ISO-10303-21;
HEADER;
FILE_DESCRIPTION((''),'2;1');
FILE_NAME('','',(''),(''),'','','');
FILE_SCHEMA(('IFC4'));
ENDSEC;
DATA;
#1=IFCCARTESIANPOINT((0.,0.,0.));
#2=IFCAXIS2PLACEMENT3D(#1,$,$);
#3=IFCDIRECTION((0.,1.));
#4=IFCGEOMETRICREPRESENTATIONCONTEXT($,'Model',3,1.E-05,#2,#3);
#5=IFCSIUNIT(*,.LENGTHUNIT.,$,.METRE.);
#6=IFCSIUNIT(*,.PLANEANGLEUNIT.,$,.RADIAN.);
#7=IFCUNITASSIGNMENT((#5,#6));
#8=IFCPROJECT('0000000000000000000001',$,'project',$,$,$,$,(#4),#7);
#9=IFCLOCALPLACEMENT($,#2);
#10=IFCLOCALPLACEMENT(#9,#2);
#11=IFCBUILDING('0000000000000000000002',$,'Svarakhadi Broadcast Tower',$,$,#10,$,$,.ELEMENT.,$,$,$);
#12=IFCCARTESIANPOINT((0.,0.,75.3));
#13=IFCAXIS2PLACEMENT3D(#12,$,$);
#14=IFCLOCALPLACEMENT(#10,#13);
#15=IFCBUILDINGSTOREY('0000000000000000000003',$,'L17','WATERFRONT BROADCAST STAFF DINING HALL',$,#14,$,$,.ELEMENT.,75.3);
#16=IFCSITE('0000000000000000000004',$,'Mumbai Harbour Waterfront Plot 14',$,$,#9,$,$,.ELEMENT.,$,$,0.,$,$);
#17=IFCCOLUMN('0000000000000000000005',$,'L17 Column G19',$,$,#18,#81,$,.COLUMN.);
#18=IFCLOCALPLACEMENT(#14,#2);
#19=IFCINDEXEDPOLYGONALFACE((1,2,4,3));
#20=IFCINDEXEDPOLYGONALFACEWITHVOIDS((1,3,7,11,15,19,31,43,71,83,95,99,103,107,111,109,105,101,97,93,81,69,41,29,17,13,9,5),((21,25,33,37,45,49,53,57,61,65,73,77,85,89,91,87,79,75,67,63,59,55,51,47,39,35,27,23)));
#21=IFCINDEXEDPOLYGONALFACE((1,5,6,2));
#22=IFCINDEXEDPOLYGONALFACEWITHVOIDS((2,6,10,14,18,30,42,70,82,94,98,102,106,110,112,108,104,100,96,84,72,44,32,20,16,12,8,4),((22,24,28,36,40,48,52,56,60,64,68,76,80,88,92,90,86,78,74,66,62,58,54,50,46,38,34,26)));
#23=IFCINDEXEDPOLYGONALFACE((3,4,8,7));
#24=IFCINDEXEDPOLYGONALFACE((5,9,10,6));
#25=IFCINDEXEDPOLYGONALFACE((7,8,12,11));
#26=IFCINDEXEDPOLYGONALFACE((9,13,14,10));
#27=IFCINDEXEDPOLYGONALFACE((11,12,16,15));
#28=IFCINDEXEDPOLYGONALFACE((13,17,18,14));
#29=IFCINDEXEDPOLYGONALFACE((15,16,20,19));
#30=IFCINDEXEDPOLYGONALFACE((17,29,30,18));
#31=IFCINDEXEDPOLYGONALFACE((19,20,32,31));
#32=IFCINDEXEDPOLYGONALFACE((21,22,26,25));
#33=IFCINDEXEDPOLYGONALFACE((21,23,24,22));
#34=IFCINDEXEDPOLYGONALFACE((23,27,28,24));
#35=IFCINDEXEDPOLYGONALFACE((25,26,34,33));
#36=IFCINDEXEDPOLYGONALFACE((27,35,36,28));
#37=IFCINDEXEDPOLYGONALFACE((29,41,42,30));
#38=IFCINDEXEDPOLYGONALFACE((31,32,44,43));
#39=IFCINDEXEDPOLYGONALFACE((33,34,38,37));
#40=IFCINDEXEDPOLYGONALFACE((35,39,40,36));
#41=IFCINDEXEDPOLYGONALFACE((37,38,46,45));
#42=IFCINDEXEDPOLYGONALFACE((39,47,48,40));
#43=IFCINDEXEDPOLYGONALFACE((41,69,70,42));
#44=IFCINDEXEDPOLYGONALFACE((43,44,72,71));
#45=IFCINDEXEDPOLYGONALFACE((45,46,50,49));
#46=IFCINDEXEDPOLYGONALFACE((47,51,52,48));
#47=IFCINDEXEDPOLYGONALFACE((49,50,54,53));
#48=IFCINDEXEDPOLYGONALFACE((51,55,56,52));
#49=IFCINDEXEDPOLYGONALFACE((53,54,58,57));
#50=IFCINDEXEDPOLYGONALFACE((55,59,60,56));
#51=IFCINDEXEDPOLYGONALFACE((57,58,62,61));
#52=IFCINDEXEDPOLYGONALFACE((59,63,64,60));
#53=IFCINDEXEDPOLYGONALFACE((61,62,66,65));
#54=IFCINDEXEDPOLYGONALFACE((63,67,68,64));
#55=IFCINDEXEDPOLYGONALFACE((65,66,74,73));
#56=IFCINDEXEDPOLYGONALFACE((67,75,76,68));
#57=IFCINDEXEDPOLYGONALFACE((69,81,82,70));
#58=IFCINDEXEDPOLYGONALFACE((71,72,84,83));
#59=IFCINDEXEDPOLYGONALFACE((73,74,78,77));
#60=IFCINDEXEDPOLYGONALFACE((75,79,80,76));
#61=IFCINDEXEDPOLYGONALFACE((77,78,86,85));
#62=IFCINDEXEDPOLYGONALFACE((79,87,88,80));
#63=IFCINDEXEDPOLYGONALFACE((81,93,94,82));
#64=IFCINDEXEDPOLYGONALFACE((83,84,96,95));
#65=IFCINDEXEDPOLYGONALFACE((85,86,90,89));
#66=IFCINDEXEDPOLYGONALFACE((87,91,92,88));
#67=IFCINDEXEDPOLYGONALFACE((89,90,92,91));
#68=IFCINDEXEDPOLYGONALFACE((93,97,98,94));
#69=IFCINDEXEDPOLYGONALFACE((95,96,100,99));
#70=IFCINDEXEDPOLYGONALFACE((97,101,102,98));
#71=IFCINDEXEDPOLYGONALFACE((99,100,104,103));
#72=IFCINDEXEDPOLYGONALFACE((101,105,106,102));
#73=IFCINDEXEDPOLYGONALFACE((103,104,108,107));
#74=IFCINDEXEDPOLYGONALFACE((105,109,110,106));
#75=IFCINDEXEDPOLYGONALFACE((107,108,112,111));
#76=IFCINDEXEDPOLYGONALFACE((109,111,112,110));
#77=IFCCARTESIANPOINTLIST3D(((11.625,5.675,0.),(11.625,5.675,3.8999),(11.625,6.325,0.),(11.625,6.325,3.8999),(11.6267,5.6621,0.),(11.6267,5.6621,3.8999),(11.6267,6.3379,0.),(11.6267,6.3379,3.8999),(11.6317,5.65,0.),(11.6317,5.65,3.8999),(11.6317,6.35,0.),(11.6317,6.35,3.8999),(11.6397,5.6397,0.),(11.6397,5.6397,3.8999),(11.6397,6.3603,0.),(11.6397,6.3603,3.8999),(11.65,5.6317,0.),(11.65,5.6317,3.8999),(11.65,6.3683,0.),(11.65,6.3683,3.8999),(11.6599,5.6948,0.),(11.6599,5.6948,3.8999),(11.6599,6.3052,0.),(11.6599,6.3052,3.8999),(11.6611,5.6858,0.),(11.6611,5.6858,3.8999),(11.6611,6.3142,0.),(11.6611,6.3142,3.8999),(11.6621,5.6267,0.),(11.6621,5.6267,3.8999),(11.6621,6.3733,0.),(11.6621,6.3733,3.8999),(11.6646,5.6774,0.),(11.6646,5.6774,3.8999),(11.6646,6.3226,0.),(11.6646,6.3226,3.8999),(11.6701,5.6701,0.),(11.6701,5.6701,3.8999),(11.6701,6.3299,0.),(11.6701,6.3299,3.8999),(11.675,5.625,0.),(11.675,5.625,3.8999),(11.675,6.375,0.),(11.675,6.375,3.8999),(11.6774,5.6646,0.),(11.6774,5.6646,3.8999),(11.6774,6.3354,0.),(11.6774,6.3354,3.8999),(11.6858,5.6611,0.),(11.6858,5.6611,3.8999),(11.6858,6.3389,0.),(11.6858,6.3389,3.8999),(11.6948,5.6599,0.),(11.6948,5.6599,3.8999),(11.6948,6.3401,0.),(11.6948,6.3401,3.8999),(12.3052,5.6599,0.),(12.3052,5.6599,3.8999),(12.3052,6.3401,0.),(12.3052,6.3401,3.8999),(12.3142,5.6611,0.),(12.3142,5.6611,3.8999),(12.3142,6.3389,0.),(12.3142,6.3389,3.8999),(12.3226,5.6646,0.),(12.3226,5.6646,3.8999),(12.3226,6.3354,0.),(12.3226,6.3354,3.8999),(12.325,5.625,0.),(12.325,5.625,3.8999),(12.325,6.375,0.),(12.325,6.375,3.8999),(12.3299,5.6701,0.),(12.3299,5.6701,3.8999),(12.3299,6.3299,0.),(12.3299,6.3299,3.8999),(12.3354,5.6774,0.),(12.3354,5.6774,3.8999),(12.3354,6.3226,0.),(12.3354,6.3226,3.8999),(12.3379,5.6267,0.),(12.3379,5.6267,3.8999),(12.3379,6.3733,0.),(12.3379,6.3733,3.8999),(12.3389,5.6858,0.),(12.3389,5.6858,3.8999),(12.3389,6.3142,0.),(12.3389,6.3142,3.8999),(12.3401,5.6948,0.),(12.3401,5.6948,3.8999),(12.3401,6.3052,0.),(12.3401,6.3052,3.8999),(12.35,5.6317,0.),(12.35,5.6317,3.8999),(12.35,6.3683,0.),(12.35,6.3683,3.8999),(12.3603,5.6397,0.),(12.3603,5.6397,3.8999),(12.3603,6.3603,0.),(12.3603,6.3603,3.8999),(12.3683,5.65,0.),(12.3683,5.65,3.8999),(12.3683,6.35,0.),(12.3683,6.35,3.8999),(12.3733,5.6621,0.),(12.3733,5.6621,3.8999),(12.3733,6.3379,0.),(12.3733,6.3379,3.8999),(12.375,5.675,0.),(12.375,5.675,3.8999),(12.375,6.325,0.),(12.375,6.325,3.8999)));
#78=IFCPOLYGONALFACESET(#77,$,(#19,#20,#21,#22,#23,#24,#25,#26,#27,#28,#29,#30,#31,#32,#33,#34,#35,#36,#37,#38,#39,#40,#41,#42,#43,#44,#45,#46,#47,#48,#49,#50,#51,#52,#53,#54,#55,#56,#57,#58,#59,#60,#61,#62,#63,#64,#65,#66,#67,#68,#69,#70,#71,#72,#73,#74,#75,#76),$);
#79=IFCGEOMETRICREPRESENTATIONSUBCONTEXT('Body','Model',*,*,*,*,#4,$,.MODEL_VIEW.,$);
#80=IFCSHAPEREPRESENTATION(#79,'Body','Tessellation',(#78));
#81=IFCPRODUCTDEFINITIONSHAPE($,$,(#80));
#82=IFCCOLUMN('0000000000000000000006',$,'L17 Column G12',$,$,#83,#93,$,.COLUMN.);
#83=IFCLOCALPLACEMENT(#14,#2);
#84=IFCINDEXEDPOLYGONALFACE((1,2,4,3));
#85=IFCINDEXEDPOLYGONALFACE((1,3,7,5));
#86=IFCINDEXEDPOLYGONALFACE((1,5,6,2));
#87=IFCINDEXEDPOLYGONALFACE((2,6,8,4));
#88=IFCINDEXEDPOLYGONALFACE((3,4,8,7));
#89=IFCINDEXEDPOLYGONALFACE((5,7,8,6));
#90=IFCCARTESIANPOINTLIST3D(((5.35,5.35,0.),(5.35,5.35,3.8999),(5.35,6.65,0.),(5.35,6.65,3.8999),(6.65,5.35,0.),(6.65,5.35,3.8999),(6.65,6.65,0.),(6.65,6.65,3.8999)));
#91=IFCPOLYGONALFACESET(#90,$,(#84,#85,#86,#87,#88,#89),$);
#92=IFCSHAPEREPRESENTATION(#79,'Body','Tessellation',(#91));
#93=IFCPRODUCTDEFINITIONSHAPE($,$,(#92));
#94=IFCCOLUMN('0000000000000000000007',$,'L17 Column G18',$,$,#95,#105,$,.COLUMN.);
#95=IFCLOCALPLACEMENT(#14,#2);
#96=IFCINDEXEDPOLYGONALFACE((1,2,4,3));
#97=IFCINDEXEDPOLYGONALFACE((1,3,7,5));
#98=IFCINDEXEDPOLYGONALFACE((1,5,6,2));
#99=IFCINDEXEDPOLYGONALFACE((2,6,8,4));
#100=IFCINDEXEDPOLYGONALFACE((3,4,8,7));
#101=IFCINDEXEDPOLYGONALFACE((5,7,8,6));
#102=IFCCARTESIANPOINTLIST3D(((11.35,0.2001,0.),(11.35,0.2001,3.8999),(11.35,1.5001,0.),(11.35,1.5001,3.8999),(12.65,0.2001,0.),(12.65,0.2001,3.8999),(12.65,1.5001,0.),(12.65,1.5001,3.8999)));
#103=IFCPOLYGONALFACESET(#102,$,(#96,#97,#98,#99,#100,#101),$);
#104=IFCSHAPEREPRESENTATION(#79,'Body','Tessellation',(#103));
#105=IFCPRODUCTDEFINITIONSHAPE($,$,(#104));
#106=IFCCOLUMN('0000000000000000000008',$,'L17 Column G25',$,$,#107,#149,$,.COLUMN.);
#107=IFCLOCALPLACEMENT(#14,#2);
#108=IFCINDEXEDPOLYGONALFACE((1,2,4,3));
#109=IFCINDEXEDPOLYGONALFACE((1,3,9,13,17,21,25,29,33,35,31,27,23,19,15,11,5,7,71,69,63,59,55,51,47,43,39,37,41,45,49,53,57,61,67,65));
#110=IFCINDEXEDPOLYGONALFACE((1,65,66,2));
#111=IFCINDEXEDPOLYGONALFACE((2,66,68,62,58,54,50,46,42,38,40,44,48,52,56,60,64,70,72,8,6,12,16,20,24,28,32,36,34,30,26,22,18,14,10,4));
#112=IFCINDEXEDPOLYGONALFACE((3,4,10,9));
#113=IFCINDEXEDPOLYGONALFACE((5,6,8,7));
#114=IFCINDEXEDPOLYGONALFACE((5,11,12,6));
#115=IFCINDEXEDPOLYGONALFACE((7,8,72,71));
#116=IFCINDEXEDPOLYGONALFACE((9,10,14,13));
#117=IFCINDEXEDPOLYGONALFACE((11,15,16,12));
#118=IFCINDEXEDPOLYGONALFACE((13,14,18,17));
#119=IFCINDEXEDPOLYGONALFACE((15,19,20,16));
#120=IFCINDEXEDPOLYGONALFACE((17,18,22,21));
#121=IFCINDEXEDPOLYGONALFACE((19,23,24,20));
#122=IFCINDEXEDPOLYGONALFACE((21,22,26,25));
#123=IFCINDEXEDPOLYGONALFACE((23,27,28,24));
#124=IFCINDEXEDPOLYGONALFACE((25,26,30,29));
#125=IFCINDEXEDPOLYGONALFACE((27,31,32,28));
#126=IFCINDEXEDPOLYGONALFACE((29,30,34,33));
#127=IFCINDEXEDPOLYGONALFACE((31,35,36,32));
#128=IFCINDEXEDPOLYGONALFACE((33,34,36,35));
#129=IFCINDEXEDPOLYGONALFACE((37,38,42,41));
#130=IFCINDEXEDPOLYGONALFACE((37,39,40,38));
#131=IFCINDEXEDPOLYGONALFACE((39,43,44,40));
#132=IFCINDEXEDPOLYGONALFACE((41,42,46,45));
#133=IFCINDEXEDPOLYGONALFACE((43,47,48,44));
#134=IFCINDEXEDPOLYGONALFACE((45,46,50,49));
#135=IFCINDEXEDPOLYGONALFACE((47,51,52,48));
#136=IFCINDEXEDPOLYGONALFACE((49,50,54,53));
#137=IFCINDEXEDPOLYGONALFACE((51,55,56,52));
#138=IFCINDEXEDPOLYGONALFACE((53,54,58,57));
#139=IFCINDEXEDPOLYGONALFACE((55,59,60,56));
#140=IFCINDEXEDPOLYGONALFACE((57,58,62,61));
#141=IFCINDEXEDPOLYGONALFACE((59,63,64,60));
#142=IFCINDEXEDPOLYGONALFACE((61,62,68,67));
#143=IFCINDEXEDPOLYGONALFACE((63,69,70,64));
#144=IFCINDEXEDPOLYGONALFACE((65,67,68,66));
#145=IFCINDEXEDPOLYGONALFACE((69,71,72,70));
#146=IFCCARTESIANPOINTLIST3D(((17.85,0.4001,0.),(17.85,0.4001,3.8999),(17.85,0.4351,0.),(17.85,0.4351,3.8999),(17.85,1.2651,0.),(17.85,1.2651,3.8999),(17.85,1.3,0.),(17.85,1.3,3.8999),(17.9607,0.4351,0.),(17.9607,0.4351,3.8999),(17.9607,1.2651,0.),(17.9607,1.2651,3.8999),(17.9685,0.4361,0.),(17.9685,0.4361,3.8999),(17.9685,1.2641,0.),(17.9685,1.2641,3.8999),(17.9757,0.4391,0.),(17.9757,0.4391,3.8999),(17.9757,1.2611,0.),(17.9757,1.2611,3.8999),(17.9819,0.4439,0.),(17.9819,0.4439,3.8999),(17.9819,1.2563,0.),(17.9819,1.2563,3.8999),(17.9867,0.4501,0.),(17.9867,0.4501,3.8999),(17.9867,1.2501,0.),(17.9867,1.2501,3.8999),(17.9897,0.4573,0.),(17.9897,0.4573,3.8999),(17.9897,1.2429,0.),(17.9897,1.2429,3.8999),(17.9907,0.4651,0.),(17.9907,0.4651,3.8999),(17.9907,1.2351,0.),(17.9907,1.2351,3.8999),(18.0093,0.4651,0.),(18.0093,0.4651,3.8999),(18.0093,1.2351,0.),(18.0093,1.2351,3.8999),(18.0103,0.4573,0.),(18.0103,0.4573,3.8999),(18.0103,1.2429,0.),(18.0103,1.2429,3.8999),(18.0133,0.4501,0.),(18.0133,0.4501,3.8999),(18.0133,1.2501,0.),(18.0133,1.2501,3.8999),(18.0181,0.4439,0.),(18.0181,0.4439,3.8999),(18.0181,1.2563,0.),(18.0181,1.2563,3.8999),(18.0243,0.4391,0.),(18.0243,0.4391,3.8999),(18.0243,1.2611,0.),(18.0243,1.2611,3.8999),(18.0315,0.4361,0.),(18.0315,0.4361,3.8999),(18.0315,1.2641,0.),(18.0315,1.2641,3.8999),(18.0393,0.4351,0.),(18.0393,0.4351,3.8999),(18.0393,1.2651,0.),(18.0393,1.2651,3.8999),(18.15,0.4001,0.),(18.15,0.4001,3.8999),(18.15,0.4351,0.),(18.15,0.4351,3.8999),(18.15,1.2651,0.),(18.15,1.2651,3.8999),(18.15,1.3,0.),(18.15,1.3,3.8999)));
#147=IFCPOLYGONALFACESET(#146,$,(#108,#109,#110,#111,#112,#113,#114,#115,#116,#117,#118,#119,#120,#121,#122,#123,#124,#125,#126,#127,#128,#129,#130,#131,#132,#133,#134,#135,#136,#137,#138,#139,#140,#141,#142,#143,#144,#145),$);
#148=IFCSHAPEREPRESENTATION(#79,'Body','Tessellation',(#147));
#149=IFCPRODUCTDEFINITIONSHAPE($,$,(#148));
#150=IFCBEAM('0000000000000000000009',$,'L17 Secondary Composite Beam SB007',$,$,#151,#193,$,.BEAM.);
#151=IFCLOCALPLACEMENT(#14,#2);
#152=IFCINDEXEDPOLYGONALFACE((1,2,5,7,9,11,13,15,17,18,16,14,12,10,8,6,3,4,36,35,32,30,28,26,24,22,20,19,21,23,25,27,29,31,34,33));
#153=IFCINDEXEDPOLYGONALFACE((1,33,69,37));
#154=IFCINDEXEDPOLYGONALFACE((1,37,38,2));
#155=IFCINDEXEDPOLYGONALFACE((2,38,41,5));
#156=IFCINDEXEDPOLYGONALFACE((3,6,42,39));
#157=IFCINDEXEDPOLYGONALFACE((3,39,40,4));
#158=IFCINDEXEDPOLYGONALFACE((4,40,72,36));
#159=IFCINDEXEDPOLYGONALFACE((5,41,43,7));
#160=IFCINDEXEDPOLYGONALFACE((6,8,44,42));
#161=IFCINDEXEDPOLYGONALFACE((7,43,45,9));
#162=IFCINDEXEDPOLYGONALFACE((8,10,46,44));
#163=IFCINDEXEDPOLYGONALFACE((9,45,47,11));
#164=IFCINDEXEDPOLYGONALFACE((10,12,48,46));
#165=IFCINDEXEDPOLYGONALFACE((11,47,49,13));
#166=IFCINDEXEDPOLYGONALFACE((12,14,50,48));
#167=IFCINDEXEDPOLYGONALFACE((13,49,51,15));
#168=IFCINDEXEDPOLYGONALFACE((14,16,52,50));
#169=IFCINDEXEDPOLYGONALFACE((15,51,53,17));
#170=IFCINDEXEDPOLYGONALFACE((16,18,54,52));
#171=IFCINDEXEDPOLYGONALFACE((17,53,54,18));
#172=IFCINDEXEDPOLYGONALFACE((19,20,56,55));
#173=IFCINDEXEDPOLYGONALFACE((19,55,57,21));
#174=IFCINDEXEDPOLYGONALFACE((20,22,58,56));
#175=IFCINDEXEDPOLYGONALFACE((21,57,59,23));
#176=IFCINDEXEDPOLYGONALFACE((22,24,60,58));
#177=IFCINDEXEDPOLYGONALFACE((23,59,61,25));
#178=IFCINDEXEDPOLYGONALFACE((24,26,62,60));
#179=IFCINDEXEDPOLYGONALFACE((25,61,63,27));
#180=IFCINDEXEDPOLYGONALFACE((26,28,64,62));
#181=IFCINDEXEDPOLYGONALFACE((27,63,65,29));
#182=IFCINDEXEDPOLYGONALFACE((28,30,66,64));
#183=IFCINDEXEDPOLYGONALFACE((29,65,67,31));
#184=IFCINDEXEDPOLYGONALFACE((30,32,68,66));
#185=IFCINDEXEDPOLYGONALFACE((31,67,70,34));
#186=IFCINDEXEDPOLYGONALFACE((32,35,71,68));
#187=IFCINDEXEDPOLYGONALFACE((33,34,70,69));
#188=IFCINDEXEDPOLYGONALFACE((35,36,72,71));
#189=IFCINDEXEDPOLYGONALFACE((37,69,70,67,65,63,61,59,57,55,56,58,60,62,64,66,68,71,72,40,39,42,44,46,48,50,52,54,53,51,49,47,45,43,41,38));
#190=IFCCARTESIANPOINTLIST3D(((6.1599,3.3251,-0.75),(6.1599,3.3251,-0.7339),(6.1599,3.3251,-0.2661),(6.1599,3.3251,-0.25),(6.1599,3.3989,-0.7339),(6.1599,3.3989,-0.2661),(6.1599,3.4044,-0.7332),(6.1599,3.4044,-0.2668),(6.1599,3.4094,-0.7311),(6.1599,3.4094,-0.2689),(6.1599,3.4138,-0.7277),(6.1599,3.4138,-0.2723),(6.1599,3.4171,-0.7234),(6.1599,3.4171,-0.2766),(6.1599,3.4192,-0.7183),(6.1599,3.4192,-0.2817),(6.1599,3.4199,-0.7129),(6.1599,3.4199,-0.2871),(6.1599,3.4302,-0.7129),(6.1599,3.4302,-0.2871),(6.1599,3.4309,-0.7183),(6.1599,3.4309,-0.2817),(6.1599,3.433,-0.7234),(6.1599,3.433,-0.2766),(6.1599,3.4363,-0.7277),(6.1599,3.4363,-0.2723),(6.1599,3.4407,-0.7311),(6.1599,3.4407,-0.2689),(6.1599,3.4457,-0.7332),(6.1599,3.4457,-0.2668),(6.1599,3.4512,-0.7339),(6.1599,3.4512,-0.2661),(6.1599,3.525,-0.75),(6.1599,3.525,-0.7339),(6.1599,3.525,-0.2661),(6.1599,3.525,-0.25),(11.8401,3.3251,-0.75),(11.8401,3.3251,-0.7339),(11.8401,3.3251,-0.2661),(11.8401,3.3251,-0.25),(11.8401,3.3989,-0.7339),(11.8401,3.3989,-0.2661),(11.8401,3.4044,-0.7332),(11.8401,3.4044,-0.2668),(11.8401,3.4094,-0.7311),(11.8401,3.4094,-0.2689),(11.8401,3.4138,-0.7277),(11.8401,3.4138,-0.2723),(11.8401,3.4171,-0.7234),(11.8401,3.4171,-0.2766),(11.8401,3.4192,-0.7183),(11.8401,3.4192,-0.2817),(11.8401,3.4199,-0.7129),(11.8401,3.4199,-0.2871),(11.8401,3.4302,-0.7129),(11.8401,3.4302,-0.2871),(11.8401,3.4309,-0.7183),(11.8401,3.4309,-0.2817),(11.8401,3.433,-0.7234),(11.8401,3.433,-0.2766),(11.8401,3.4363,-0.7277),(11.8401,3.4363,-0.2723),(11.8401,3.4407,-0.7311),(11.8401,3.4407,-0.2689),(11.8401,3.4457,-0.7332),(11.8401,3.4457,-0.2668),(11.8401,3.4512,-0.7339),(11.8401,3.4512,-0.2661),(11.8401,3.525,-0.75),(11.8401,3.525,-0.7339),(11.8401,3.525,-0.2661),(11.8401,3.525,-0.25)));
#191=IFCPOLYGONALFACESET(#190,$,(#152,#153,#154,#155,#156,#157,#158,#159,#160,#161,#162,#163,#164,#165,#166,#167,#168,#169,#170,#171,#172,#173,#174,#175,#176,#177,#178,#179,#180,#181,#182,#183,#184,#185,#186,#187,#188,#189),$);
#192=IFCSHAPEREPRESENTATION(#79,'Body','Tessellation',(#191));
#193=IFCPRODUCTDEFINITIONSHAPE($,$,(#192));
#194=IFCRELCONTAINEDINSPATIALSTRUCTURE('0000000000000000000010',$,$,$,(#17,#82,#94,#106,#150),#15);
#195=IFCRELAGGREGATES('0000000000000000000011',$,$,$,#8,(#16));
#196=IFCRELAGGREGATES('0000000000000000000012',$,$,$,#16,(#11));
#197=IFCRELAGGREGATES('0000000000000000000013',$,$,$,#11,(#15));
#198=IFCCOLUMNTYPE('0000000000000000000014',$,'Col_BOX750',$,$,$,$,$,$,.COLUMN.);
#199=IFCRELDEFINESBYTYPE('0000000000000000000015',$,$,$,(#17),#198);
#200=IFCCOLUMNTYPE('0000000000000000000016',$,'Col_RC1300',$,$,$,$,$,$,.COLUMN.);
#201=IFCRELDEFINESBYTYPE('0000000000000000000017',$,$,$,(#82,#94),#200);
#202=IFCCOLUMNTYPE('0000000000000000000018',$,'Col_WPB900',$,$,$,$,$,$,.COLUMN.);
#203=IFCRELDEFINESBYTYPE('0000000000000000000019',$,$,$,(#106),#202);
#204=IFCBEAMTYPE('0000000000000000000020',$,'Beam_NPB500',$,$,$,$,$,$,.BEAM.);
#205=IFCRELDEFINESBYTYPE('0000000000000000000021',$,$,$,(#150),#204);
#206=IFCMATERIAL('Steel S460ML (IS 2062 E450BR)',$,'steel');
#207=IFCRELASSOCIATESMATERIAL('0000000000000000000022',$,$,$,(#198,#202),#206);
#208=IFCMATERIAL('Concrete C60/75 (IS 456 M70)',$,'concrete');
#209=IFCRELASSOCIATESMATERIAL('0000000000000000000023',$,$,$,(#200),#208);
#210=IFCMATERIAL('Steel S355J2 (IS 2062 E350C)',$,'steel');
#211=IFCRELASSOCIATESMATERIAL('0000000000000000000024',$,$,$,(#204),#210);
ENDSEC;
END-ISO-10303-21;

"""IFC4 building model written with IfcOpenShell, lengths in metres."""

from ifc_helpers import new_model, si_unit, direction, frame, origin, origin_2d, place, context, subcontext, project, spatial, rectangle, hollow_rectangle, i_section, extrude, material, material_profile, profile_set, type_object, element, save


model = new_model("IFC4")

# Units and contexts
model_context = context("Model", 3, precision=1e-05, world=origin(), true_north=direction((0.0, 1.0)))
body_context = subcontext(model_context, "Body", "Model", "MODEL_VIEW")
ifc_project = project(units=[si_unit("LENGTHUNIT", "METRE"), si_unit("PLANEANGLEUNIT", "RADIAN")], contexts=[model_context])

# Site, building, storey
site_placement = place(None, origin())
site = spatial("IfcSite", under=ifc_project, at=site_placement, Name="Mumbai Harbour Waterfront Plot 14", CompositionType="ELEMENT", RefElevation=0.0)
building_placement = place(site_placement, origin())
building = spatial("IfcBuilding", under=site, at=building_placement, Name="Svarakhadi Broadcast Tower", CompositionType="ELEMENT")
storey_placement = place(building_placement, frame((0.0, 0.0, 75.3)))
storey = spatial("IfcBuildingStorey", under=building, at=storey_placement, Name="L17", Description="WATERFRONT BROADCAST STAFF DINING HALL", CompositionType="ELEMENT", Elevation=75.3)

# Columns
ifc_material_1 = material(Name="Steel S460ML (IS 2062 E450BR)", Category="steel")
ifc_material_profile_1 = material_profile(ifc_material_1, hollow_rectangle(XDim=0.75, YDim=0.75, WallThickness=0.0349, InnerFilletRadius=0.0349, OuterFilletRadius=0.05, at=origin_2d()), Name="BOX 750x750x35")
ifc_profile_set_1 = profile_set([ifc_material_profile_1], Name="Steel S460ML (IS 2062 E450BR)")
column_type_1 = type_object("IfcColumnType", Name="Col_BOX750", PredefinedType="COLUMN", material=ifc_profile_set_1)
column_1_placement = place(storey_placement, frame((12.0, 6.0, 0.0), z_axis=(0.0, 0.0, 1.0), x_axis=(1.0, 0.0, 0.0)))
element("IfcColumn", 1, at=column_1_placement, inside=storey, type_object=column_type_1, Name="L17 Column G19", PredefinedType="COLUMN", context=body_context, shape_type="SweptSolid", body=[
    extrude(hollow_rectangle(XDim=0.75, YDim=0.75, WallThickness=0.0349, InnerFilletRadius=0.0349, OuterFilletRadius=0.05, at=origin_2d()), origin(), (0.0, 0.0, 1.0), 3.8999),
])
ifc_material_2 = material(Name="Concrete C60/75 (IS 456 M70)", Category="concrete")
ifc_material_profile_2 = material_profile(ifc_material_2, rectangle(XDim=1.3, YDim=1.3, at=origin_2d()), Name="RC 1300x1300")
ifc_profile_set_2 = profile_set([ifc_material_profile_2], Name="Concrete C60/75 (IS 456 M70)")
column_type_2 = type_object("IfcColumnType", Name="Col_RC1300", PredefinedType="COLUMN", material=ifc_profile_set_2)
for number, where, z_axis, x_axis, name in (
    (2, (6.0, 6.0, 0.0), (0.0, 0.0, 1.0), (1.0, 0.0, 0.0), "L17 Column G12"),
    (3, (12.0, 0.8501, 0.0), (0.0, 0.0, 1.0), (1.0, 0.0, 0.0), "L17 Column G18"),
):
    element("IfcColumn", number, at=place(storey_placement, frame(where, z_axis=z_axis, x_axis=x_axis)), inside=storey, type_object=column_type_2, Name=name, PredefinedType="COLUMN", context=body_context, shape_type="SweptSolid", body=[
        extrude(rectangle(XDim=1.3, YDim=1.3, at=origin_2d()), origin(), (0.0, 0.0, 1.0), 3.8999),
    ])
ifc_material_profile_3 = material_profile(ifc_material_1, i_section(OverallWidth=0.3, OverallDepth=0.8999, WebThickness=0.0186, FlangeThickness=0.0349, FilletRadius=0.03, at=origin_2d()), Name="WPB 900x300x291")
ifc_profile_set_3 = profile_set([ifc_material_profile_3], Name="Steel S460ML (IS 2062 E450BR)")
column_type_3 = type_object("IfcColumnType", Name="Col_WPB900", PredefinedType="COLUMN", material=ifc_profile_set_3)
column_2_placement = place(storey_placement, frame((18.0, 0.8501, 0.0), z_axis=(0.0, 0.0, 1.0), x_axis=(1.0, 0.0, 0.0)))
element("IfcColumn", 4, at=column_2_placement, inside=storey, type_object=column_type_3, Name="L17 Column G25", PredefinedType="COLUMN", context=body_context, shape_type="SweptSolid", body=[
    extrude(i_section(OverallWidth=0.3, OverallDepth=0.8999, WebThickness=0.0186, FlangeThickness=0.0349, FilletRadius=0.03, at=origin_2d()), origin(), (0.0, 0.0, 1.0), 3.8999),
])

# Beam
ifc_material_3 = material(Name="Steel S355J2 (IS 2062 E350C)", Category="steel")
ifc_material_profile_4 = material_profile(ifc_material_3, i_section(OverallWidth=0.2, OverallDepth=0.5, WebThickness=0.0103, FlangeThickness=0.0161, FilletRadius=0.021, at=origin_2d()), Name="NPB 500x200x91")
ifc_profile_set_4 = profile_set([ifc_material_profile_4], Name="Steel S355J2 (IS 2062 E350C)")
beam_type_1 = type_object("IfcBeamType", Name="Beam_NPB500", PredefinedType="BEAM", material=ifc_profile_set_4)
for number, where, z_axis, x_axis, name in (
    (5, (6.1599, 3.425, -0.5), (1.0, 0.0, 0.0), (0.0, 1.0, 0.0), "L17 Secondary Composite Beam SB007"),
):
    element("IfcBeam", number, at=place(storey_placement, frame(where, z_axis=z_axis, x_axis=x_axis)), inside=storey, type_object=beam_type_1, Name=name, PredefinedType="BEAM", context=body_context, shape_type="SweptSolid", body=[
        extrude(i_section(OverallWidth=0.2, OverallDepth=0.5, WebThickness=0.0103, FlangeThickness=0.0161, FilletRadius=0.021, at=origin_2d()), origin(), (0.0, 0.0, 1.0), 5.6802),
    ])

save(model, "model.ifc")
